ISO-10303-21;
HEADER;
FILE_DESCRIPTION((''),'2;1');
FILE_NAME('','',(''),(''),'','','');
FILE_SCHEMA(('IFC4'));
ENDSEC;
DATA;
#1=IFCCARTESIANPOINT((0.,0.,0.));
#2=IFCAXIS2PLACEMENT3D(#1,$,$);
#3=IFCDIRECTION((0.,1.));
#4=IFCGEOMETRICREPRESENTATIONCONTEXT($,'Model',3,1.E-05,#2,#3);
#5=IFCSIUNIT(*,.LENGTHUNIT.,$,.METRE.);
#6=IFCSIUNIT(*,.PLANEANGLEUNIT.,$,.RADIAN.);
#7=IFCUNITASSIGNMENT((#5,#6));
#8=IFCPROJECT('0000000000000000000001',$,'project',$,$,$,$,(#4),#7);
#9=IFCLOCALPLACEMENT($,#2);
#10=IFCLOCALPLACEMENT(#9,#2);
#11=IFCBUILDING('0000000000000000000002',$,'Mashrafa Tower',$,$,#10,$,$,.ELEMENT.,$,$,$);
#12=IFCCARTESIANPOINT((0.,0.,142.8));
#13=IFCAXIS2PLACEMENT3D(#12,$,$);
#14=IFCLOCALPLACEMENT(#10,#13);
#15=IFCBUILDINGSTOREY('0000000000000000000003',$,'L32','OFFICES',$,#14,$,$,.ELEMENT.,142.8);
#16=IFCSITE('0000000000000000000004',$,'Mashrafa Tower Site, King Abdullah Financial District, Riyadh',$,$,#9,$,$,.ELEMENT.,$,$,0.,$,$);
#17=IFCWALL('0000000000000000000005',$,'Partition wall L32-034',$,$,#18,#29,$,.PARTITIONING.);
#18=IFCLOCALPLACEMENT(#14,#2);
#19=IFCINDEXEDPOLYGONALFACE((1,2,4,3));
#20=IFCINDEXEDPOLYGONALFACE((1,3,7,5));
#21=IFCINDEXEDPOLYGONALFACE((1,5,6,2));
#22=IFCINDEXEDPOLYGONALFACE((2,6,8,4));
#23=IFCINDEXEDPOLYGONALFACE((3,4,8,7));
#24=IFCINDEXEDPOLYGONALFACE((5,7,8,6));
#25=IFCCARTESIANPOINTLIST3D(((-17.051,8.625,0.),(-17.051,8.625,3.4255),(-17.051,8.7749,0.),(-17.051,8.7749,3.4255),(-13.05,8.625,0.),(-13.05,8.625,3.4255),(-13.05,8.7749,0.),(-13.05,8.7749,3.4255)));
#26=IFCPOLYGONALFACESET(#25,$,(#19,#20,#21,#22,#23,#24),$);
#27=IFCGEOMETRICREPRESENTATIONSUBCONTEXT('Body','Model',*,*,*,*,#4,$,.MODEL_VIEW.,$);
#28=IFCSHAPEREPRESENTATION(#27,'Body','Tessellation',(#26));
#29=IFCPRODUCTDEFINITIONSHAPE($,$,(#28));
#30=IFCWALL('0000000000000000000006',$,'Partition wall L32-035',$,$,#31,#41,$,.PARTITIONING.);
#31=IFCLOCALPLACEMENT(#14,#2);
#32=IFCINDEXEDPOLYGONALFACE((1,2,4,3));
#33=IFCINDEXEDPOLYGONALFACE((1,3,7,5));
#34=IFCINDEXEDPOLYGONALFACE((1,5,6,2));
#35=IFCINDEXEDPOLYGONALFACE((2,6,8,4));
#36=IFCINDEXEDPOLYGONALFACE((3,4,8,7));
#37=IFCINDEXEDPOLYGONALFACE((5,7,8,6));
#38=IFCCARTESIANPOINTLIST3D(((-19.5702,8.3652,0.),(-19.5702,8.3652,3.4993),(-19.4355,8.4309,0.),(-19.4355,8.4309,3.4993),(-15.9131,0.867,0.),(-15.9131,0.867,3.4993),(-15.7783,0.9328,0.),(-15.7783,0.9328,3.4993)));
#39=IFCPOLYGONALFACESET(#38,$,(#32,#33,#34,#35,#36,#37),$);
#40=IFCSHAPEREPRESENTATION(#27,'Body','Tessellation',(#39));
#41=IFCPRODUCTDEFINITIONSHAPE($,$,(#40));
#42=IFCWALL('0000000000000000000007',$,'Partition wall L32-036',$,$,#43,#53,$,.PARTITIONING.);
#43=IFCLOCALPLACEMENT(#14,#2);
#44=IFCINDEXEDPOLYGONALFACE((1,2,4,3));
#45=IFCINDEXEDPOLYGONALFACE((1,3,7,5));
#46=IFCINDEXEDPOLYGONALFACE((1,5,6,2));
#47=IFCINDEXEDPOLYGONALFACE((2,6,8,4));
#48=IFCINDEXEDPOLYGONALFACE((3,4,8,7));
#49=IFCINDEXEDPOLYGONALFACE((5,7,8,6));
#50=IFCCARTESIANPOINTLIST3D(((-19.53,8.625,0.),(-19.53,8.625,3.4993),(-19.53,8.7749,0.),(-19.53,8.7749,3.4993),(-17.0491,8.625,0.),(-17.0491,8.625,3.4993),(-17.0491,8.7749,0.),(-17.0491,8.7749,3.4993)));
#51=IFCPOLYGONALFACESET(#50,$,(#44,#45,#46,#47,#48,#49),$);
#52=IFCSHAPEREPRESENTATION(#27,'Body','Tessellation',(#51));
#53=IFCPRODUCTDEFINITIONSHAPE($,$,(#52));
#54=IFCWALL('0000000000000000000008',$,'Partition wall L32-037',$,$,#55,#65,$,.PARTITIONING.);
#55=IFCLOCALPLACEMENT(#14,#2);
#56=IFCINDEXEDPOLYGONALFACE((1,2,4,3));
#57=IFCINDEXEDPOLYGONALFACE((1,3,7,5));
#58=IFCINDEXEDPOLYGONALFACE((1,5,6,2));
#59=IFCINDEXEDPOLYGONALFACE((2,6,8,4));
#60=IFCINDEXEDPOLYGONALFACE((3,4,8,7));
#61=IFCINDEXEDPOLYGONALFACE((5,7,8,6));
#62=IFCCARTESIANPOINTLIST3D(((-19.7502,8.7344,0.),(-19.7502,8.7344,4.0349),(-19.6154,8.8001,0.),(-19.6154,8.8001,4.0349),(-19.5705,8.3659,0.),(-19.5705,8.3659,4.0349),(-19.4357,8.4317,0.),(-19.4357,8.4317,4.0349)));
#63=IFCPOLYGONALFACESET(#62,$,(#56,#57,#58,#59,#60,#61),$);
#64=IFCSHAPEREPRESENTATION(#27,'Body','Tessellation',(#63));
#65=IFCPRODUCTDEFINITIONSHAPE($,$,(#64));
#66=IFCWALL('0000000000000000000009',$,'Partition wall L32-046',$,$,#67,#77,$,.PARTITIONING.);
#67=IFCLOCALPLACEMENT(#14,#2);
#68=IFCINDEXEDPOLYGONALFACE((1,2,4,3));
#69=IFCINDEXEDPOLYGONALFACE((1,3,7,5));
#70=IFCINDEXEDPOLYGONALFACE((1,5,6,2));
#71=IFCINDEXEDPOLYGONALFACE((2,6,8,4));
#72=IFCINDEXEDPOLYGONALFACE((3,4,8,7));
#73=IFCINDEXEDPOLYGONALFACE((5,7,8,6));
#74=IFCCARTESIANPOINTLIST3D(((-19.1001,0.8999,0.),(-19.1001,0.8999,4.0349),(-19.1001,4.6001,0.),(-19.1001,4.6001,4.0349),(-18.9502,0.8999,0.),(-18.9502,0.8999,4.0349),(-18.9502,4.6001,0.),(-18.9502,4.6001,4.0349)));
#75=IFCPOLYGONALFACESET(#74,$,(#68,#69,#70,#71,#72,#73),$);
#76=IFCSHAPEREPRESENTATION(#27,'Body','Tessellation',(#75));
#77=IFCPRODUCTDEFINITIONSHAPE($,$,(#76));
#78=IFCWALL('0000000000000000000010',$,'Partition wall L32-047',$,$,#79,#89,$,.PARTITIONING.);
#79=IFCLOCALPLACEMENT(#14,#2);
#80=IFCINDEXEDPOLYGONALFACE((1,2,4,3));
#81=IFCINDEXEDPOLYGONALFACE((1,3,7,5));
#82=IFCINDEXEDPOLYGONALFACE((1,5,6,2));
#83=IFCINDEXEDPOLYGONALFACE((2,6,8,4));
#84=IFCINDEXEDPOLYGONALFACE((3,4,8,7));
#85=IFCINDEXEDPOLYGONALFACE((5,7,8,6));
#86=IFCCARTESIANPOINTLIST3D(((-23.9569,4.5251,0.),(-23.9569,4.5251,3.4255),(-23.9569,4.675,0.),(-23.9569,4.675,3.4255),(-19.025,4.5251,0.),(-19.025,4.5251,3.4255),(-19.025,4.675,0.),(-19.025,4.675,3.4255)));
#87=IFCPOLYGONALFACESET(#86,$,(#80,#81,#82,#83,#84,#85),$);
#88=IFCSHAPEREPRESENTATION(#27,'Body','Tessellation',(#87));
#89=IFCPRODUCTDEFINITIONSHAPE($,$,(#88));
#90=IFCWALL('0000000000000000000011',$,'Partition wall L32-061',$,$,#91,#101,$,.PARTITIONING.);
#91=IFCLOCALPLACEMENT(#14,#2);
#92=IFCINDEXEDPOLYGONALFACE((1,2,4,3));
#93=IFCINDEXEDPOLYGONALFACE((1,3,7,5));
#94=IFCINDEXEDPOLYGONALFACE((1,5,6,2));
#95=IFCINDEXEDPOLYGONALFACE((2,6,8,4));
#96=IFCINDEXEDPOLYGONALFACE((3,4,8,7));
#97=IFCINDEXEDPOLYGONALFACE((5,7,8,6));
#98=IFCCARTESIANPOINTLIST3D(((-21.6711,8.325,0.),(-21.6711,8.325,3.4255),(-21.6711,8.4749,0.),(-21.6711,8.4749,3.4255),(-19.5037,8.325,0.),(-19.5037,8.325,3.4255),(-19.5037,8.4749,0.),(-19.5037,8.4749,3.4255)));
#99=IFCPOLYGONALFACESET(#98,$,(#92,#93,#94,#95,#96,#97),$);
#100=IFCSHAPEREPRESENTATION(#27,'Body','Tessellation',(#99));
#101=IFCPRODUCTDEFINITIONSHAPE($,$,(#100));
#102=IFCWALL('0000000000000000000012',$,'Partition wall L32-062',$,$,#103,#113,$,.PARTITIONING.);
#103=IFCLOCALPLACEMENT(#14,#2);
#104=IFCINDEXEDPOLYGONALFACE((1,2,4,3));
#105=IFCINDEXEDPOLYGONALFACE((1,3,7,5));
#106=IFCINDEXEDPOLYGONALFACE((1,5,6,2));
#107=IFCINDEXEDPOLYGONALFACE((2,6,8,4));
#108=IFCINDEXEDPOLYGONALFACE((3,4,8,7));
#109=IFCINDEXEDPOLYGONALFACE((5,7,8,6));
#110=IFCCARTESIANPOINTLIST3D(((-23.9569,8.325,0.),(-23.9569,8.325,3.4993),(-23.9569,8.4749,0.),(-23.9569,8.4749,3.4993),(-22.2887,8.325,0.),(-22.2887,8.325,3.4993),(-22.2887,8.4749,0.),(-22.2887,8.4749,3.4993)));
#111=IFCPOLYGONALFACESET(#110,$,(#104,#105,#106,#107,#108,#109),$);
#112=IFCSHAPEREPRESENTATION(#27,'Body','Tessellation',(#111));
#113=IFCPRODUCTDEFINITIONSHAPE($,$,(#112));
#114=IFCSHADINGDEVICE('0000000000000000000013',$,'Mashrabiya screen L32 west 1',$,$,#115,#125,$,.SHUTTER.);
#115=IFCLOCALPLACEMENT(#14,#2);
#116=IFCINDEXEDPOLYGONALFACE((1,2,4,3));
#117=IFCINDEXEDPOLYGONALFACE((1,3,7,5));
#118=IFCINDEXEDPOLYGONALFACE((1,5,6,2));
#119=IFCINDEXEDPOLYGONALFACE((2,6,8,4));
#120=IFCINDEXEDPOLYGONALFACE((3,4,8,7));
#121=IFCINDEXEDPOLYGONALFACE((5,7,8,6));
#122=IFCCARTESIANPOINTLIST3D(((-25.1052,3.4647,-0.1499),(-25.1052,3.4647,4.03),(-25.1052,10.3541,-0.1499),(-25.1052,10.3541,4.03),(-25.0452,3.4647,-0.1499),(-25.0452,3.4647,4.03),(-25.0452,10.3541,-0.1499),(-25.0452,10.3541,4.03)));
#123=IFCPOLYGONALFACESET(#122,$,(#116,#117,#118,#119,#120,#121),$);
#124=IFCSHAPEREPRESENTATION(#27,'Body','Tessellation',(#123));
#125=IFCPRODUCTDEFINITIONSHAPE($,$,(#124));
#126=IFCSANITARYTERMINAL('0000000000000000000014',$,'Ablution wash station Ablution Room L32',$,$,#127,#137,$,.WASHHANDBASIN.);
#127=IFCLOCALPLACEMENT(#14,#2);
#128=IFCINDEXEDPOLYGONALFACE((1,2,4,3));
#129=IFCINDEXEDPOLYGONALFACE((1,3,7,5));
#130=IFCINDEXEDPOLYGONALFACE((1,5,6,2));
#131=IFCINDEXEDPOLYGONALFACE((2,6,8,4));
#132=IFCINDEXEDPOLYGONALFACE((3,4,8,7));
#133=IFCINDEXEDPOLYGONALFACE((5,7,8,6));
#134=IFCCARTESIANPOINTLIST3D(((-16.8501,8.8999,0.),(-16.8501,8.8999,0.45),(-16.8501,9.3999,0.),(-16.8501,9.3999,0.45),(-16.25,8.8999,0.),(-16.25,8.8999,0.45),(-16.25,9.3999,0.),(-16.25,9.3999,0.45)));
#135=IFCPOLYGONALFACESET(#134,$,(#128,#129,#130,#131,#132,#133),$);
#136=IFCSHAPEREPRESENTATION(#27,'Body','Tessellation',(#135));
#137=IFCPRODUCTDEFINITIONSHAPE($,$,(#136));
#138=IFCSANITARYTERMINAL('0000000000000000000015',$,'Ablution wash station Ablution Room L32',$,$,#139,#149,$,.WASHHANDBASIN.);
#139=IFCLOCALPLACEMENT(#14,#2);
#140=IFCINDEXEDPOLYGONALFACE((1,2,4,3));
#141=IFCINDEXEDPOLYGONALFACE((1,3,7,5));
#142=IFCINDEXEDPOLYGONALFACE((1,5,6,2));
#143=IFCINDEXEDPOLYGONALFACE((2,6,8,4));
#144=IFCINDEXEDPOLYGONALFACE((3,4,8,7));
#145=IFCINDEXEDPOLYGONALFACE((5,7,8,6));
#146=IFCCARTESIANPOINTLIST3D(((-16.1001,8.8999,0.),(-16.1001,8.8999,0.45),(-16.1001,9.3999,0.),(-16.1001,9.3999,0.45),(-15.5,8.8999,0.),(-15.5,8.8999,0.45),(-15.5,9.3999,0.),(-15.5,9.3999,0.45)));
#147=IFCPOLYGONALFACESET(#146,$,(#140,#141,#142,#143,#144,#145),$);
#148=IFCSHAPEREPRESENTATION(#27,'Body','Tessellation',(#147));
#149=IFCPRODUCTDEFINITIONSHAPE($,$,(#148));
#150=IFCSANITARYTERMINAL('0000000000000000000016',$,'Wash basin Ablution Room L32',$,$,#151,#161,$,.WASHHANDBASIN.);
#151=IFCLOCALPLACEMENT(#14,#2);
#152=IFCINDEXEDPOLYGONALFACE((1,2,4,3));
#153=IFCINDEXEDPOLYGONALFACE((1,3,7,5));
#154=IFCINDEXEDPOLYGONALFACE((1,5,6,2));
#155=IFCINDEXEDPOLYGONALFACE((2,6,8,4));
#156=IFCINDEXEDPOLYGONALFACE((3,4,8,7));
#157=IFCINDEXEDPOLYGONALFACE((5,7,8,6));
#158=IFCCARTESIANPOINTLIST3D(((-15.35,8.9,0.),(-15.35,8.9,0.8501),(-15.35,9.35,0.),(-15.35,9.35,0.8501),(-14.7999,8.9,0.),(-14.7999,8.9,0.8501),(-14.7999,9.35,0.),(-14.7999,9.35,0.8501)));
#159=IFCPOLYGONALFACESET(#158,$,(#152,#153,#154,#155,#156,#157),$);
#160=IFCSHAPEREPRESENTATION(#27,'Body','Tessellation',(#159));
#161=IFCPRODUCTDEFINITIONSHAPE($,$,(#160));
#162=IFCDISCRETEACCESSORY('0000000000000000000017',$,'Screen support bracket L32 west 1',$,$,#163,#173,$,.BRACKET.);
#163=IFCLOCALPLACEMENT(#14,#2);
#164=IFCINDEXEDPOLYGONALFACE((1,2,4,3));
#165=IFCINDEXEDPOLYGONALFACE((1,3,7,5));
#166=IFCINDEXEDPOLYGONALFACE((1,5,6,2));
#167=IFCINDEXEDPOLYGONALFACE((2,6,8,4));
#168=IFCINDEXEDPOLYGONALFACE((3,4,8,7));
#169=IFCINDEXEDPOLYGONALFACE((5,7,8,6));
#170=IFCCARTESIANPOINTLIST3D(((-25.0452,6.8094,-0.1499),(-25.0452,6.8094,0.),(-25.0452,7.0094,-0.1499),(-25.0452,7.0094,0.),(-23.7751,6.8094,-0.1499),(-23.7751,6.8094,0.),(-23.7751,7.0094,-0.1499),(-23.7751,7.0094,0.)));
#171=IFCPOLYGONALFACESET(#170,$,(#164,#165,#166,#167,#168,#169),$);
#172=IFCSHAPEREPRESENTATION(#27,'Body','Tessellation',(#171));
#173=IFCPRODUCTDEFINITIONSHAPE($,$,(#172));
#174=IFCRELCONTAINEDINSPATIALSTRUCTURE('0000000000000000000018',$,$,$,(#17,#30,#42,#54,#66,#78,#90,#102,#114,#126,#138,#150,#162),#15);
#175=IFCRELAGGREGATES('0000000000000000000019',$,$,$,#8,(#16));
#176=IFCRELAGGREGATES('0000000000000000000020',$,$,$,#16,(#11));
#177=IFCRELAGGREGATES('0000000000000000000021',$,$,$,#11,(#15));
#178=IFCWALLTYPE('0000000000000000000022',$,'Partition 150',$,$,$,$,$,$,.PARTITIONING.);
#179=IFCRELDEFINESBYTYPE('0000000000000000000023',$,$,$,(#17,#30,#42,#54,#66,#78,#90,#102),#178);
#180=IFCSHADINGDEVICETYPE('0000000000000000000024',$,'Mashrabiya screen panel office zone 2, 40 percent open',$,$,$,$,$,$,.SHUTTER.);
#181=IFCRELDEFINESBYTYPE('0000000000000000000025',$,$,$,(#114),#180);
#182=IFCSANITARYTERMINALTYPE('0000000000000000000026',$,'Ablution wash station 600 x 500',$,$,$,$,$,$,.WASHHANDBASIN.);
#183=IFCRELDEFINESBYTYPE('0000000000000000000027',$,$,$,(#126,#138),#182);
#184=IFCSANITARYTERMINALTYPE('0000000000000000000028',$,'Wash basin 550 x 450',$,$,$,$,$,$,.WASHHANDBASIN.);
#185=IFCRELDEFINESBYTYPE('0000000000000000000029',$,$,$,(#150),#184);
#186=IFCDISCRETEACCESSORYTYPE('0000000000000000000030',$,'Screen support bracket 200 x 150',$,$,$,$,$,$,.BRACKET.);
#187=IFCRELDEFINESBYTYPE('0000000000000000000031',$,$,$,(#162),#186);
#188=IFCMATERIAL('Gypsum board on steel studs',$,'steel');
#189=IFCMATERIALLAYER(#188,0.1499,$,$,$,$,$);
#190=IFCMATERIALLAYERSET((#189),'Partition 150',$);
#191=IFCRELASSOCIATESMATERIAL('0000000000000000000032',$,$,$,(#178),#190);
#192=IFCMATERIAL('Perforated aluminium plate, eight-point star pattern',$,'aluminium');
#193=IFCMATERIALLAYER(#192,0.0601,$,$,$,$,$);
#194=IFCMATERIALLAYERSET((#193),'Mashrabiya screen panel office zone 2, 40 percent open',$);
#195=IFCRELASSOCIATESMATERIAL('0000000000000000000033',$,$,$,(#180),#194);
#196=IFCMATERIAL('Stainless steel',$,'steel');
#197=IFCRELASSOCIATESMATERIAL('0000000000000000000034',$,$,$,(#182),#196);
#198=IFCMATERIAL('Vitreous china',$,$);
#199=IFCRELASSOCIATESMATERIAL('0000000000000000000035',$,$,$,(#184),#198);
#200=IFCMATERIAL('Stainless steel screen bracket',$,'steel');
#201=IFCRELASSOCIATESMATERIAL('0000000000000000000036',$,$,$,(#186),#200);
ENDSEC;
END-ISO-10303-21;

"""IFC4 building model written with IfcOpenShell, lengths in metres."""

from ifc_helpers import new_model, si_unit, direction, frame, frame_2d, origin, origin_2d, place, context, subcontext, project, spatial, rectangle, extrude, source, transform, mapped, material, layer, layer_set, type_object, type_shapes, element, save


model = new_model("IFC4")

# Units and contexts
model_context = context("Model", 3, precision=1e-05, world=origin(), true_north=direction((0.0, 1.0)))
body_context = subcontext(model_context, "Body", "Model", "MODEL_VIEW")
ifc_project = project(units=[si_unit("LENGTHUNIT", "METRE"), si_unit("PLANEANGLEUNIT", "RADIAN")], contexts=[model_context])

# Site, building, storey
site_placement = place(None, origin())
site = spatial("IfcSite", under=ifc_project, at=site_placement, Name="Mashrafa Tower Site, King Abdullah Financial District, Riyadh", CompositionType="ELEMENT", RefElevation=0.0)
building_placement = place(site_placement, origin())
building = spatial("IfcBuilding", under=site, at=building_placement, Name="Mashrafa Tower", CompositionType="ELEMENT")
storey_placement = place(building_placement, frame((0.0, 0.0, 142.8)))
storey = spatial("IfcBuildingStorey", under=building, at=storey_placement, Name="L32", Description="OFFICES", CompositionType="ELEMENT", Elevation=142.8)

# Walls
ifc_material_1 = material(Name="Gypsum board on steel studs", Category="steel")
ifc_layer_1 = layer(ifc_material_1, 0.1499)
ifc_layer_set_1 = layer_set([ifc_layer_1], Name="Partition 150")
wall_type_1 = type_object("IfcWallType", Name="Partition 150", PredefinedType="PARTITIONING", material=ifc_layer_set_1)
wall_1_placement = place(storey_placement, frame((-13.05, 8.7, 0.0), z_axis=(0.0, 0.0, 1.0), x_axis=(-1.0, 0.0, 0.0)))
element("IfcWall", 1, at=wall_1_placement, inside=storey, type_object=wall_type_1, Name="Partition wall L32-034", PredefinedType="PARTITIONING", context=body_context, shape_type="SweptSolid", body=[
    extrude(rectangle(XDim=4.001, YDim=0.1499, at=frame_2d((2.0005, 0.0))), origin(), (0.0, 0.0, 1.0), 3.4255),
])
wall_2_placement = place(storey_placement, frame((-19.5029, 8.3982, 0.0), z_axis=(0.0, 0.0, 1.0), x_axis=(0.438378, -0.898791, 0.0)))
element("IfcWall", 2, at=wall_2_placement, inside=storey, type_object=wall_type_1, Name="Partition wall L32-035", PredefinedType="PARTITIONING", context=body_context, shape_type="SweptSolid", body=[
    extrude(rectangle(XDim=8.3425, YDim=0.1499, at=frame_2d((4.1714, 0.0))), origin(), (0.0, 0.0, 1.0), 3.4993),
])
wall_3_placement = place(storey_placement, frame((-17.0491, 8.7, 0.0), z_axis=(0.0, 0.0, 1.0), x_axis=(-1.0, 0.0, 0.0)))
element("IfcWall", 3, at=wall_3_placement, inside=storey, type_object=wall_type_1, Name="Partition wall L32-036", PredefinedType="PARTITIONING", context=body_context, shape_type="SweptSolid", body=[
    extrude(rectangle(XDim=2.481, YDim=0.1499, at=frame_2d((1.2405, 0.0))), origin(), (0.0, 0.0, 1.0), 3.4993),
])
wall_4_placement = place(storey_placement, frame((-19.6829, 8.7673, 0.0), z_axis=(0.0, 0.0, 1.0), x_axis=(0.438377, -0.898791, 0.0)))
element("IfcWall", 4, at=wall_4_placement, inside=storey, type_object=wall_type_1, Name="Partition wall L32-037", PredefinedType="PARTITIONING", context=body_context, shape_type="SweptSolid", body=[
    extrude(rectangle(XDim=0.4099, YDim=0.1499, at=frame_2d((0.2051, 0.0))), origin(), (0.0, 0.0, 1.0), 4.0349),
])
wall_5_placement = place(storey_placement, frame((-19.0251, 0.8999, 0.0), z_axis=(0.0, 0.0, 1.0), x_axis=(0.0, 1.0, 0.0)))
element("IfcWall", 5, at=wall_5_placement, inside=storey, type_object=wall_type_1, Name="Partition wall L32-046", PredefinedType="PARTITIONING", context=body_context, shape_type="SweptSolid", body=[
    extrude(rectangle(XDim=3.7002, YDim=0.1499, at=frame_2d((1.8501, 0.0))), origin(), (0.0, 0.0, 1.0), 4.0349),
])
wall_6_placement = place(storey_placement, frame((-19.0251, 4.6001, 0.0), z_axis=(0.0, 0.0, 1.0), x_axis=(-1.0, 0.0, 0.0)))
element("IfcWall", 6, at=wall_6_placement, inside=storey, type_object=wall_type_1, Name="Partition wall L32-047", PredefinedType="PARTITIONING", context=body_context, shape_type="SweptSolid", body=[
    extrude(rectangle(XDim=4.9319, YDim=0.1499, at=frame_2d((2.4658, 0.0))), origin(), (0.0, 0.0, 1.0), 3.4255),
])
wall_7_placement = place(storey_placement, frame((-19.5037, 8.3999, 0.0), z_axis=(0.0, 0.0, 1.0), x_axis=(-1.0, 0.0, 0.0)))
element("IfcWall", 7, at=wall_7_placement, inside=storey, type_object=wall_type_1, Name="Partition wall L32-061", PredefinedType="PARTITIONING", context=body_context, shape_type="SweptSolid", body=[
    extrude(rectangle(XDim=2.1675, YDim=0.1499, at=frame_2d((1.0837, 0.0))), origin(), (0.0, 0.0, 1.0), 3.4255),
])
wall_8_placement = place(storey_placement, frame((-22.2888, 8.3999, 0.0), z_axis=(0.0, 0.0, 1.0), x_axis=(-1.0, 0.0, 0.0)))
element("IfcWall", 8, at=wall_8_placement, inside=storey, type_object=wall_type_1, Name="Partition wall L32-062", PredefinedType="PARTITIONING", context=body_context, shape_type="SweptSolid", body=[
    extrude(rectangle(XDim=1.6682, YDim=0.1499, at=frame_2d((0.834, 0.0))), origin(), (0.0, 0.0, 1.0), 3.4993),
])

# Shading device
ifc_material_2 = material(Name="Perforated aluminium plate, eight-point star pattern", Category="aluminium")
ifc_layer_2 = layer(ifc_material_2, 0.0601)
ifc_layer_set_2 = layer_set([ifc_layer_2], Name="Mashrabiya screen panel office zone 2, 40 percent open")
shading_device_type = type_object("IfcShadingDeviceType", Name="Mashrabiya screen panel office zone 2, 40 percent open", PredefinedType="SHUTTER", material=ifc_layer_set_2)
shared_shape_1 = source(origin(), body_context, "Body", "SweptSolid", [
    extrude(rectangle(XDim=6.8894, YDim=0.0601, at=origin_2d()), origin(), (0.0, 0.0, 1.0), 4.1799),
])
type_shapes(shading_device_type, [shared_shape_1])
shading_device_placement = place(storey_placement, frame((-25.0752, 6.9094, -0.1499), z_axis=(0.0, 0.0, 1.0), x_axis=(0.0, -1.0, 0.0)))
element("IfcShadingDevice", 9, at=shading_device_placement, inside=storey, type_object=shading_device_type, Name="Mashrabiya screen L32 west 1", PredefinedType="SHUTTER", context=body_context, shape_type="MappedRepresentation", body=[
    mapped(shared_shape_1, transform((0.0, 0.0, 0.0))),
])

# Sanitary terminals
ifc_material_3 = material(Name="Stainless steel", Category="steel")
sanitary_terminal_type_1 = type_object("IfcSanitaryTerminalType", Name="Ablution wash station 600 x 500", PredefinedType="WASHHANDBASIN", material=ifc_material_3)
for number, where, z_axis, x_axis, name in (
    (10, (-16.55, 9.1499, 0.0), (0.0, 0.0, 1.0), (1.0, 0.0, 0.0), "Ablution wash station Ablution Room L32"),
    (11, (-15.8, 9.1499, 0.0), (0.0, 0.0, 1.0), (1.0, 0.0, 0.0), "Ablution wash station Ablution Room L32"),
):
    element("IfcSanitaryTerminal", number, at=place(storey_placement, frame(where, z_axis=z_axis, x_axis=x_axis)), inside=storey, type_object=sanitary_terminal_type_1, Name=name, PredefinedType="WASHHANDBASIN", context=body_context, shape_type="SweptSolid", body=[
        extrude(rectangle(XDim=0.6001, YDim=0.5, at=origin_2d()), origin(), (0.0, 0.0, 1.0), 0.45),
    ])
ifc_material_4 = material(Name="Vitreous china")
sanitary_terminal_type_2 = type_object("IfcSanitaryTerminalType", Name="Wash basin 550 x 450", PredefinedType="WASHHANDBASIN", material=ifc_material_4)
sanitary_terminal_placement = place(storey_placement, frame((-15.075, 9.125, 0.0), z_axis=(0.0, 0.0, 1.0), x_axis=(1.0, 0.0, 0.0)))
element("IfcSanitaryTerminal", 12, at=sanitary_terminal_placement, inside=storey, type_object=sanitary_terminal_type_2, Name="Wash basin Ablution Room L32", PredefinedType="WASHHANDBASIN", context=body_context, shape_type="SweptSolid", body=[
    extrude(rectangle(XDim=0.55, YDim=0.45, at=origin_2d()), origin(), (0.0, 0.0, 1.0), 0.8501),
])

# Discrete accessory
ifc_material_5 = material(Name="Stainless steel screen bracket", Category="steel")
discrete_accessory_type = type_object("IfcDiscreteAccessoryType", Name="Screen support bracket 200 x 150", PredefinedType="BRACKET", material=ifc_material_5)
shared_shape_2 = source(origin(), body_context, "Body", "SweptSolid", [
    extrude(rectangle(XDim=0.2, YDim=1.27, at=origin_2d()), origin(), (0.0, 0.0, 1.0), 0.1499),
])
type_shapes(discrete_accessory_type, [shared_shape_2])
discrete_accessory_placement = place(storey_placement, frame((-24.4102, 6.9094, -0.1499), z_axis=(0.0, 0.0, 1.0), x_axis=(0.0, -1.0, 0.0)))
element("IfcDiscreteAccessory", 13, at=discrete_accessory_placement, inside=storey, type_object=discrete_accessory_type, Name="Screen support bracket L32 west 1", PredefinedType="BRACKET", context=body_context, shape_type="MappedRepresentation", body=[
    mapped(shared_shape_2, transform((0.0, 0.0, 0.0))),
])

save(model, "model.ifc")
